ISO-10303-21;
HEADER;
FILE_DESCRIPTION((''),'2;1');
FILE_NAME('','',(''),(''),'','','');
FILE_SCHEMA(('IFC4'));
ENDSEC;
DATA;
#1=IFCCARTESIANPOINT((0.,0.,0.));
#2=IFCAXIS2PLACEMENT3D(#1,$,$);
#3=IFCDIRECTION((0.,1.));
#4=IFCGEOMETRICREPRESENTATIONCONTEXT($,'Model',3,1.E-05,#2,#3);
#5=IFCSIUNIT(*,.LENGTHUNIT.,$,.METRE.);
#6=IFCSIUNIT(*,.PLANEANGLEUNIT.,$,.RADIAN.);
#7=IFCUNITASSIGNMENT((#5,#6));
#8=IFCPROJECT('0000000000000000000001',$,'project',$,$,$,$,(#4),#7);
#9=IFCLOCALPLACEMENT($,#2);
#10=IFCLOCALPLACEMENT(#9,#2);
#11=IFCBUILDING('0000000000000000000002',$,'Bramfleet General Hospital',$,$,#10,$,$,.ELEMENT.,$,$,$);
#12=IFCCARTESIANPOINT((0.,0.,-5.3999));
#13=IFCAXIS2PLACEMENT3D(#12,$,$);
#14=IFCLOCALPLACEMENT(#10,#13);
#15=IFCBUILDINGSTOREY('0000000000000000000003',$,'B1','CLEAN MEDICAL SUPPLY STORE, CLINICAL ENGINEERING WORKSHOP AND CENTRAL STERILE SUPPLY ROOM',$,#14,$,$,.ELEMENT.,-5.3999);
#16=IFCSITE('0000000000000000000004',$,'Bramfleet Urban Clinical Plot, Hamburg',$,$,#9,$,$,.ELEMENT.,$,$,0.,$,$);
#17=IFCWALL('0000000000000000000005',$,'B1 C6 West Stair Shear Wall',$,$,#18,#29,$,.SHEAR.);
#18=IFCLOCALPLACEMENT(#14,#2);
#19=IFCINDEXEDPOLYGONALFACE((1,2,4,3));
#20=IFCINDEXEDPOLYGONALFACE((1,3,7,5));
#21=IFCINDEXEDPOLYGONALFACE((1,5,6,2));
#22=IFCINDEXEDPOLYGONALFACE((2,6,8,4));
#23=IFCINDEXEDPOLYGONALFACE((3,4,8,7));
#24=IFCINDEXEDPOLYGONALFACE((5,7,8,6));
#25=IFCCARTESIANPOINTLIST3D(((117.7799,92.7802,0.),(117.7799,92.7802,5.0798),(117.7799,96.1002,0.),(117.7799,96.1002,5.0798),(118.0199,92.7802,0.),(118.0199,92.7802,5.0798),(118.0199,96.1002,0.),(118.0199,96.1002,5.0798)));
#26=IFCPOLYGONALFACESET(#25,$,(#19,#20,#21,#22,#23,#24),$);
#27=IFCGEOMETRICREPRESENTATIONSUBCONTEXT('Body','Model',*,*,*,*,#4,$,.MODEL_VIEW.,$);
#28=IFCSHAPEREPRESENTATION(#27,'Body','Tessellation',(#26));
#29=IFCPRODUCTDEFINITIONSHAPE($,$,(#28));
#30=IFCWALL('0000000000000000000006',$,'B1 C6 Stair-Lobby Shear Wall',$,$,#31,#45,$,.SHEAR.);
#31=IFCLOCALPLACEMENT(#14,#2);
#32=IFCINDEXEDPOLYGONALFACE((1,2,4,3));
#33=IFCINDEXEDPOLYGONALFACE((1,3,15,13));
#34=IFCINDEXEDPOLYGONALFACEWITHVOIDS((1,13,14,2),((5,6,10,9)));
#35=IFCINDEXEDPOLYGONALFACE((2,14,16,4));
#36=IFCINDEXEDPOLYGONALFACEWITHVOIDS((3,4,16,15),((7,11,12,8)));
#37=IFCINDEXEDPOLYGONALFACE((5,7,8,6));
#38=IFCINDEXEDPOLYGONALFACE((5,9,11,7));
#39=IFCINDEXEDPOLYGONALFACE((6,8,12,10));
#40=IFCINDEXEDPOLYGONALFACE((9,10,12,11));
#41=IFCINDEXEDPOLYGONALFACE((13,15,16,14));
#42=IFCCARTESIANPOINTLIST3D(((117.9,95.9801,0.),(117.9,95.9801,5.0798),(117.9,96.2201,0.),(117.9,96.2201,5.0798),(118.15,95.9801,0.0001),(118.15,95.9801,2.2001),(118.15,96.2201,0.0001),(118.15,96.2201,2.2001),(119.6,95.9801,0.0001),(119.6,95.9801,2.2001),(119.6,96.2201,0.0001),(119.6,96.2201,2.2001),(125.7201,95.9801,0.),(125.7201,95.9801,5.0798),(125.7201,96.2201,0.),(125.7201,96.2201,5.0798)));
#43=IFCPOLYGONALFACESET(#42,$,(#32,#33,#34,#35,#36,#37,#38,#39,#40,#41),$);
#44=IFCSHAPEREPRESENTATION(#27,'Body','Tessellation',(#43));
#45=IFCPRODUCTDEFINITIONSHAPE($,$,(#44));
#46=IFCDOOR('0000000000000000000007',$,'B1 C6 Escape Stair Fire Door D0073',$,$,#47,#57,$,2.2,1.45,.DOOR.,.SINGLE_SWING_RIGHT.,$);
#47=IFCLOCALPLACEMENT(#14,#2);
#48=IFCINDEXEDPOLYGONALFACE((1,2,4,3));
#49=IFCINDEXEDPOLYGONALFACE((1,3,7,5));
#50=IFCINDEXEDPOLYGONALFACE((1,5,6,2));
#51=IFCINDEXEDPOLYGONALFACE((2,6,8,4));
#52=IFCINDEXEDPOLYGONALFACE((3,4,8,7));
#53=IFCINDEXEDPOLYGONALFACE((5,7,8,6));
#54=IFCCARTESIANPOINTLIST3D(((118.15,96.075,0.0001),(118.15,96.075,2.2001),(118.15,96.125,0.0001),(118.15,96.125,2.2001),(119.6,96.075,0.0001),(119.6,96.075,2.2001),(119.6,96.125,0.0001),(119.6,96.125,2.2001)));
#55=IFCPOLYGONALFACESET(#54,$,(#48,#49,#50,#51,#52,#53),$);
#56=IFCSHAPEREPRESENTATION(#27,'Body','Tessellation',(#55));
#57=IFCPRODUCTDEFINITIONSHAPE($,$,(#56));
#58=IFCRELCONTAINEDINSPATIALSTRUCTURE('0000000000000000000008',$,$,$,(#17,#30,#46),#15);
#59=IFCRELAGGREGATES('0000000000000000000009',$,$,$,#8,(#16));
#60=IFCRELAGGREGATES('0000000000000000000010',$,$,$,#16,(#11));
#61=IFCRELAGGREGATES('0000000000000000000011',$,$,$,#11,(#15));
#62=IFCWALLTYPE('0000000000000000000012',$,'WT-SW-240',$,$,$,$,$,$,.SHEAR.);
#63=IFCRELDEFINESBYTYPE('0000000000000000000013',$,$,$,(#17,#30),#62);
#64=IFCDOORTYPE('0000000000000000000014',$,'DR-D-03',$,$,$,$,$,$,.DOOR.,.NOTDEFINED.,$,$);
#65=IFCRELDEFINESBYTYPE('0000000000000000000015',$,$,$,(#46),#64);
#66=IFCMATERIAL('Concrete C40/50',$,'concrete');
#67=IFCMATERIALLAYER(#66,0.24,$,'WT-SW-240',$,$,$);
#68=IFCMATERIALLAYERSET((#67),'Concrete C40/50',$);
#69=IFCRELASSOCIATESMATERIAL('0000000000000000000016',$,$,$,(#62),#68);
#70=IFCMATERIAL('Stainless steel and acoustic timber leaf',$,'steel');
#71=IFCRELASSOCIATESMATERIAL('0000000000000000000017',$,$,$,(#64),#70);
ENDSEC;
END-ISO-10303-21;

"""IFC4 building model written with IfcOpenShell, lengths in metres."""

from ifc_helpers import new_model, si_unit, direction, frame, frame_2d, origin, place, context, subcontext, project, spatial, rectangle, extrude, material, layer, layer_set, type_object, element, fill, save


model = new_model("IFC4")

# Units and contexts
model_context = context("Model", 3, precision=1e-05, world=origin(), true_north=direction((0.0, 1.0)))
body_context = subcontext(model_context, "Body", "Model", "MODEL_VIEW")
ifc_project = project(units=[si_unit("LENGTHUNIT", "METRE"), si_unit("PLANEANGLEUNIT", "RADIAN")], contexts=[model_context])

# Site, building, storey
site_placement = place(None, origin())
site = spatial("IfcSite", under=ifc_project, at=site_placement, Name="Bramfleet Urban Clinical Plot, Hamburg", CompositionType="ELEMENT", RefElevation=0.0)
building_placement = place(site_placement, origin())
building = spatial("IfcBuilding", under=site, at=building_placement, Name="Bramfleet General Hospital", CompositionType="ELEMENT")
storey_placement = place(building_placement, frame((0.0, 0.0, -5.3999)))
storey = spatial("IfcBuildingStorey", under=building, at=storey_placement, Name="B1", Description="CLEAN MEDICAL SUPPLY STORE, CLINICAL ENGINEERING WORKSHOP AND CENTRAL STERILE SUPPLY ROOM", CompositionType="ELEMENT", Elevation=-5.3999)

# Shared definitions
ifc_material_1 = material(Name="Concrete C40/50", Category="concrete")

# Shared definitions
ifc_material_2 = material(Name="Stainless steel and acoustic timber leaf", Category="steel")

# Wall
ifc_layer_1 = layer(ifc_material_1, 0.24, Name="WT-SW-240")
ifc_layer_set_1 = layer_set([ifc_layer_1], Name="Concrete C40/50")
wall_type_1 = type_object("IfcWallType", Name="WT-SW-240", PredefinedType="SHEAR", material=ifc_layer_set_1)
wall_1_placement = place(storey_placement, frame((117.8999, 92.78, 0.0), z_axis=(0.0, 0.0, 1.0), x_axis=(0.0, 1.0, 0.0)))
element("IfcWall", 1, at=wall_1_placement, inside=storey, type_object=wall_type_1, Name="B1 C6 West Stair Shear Wall", PredefinedType="SHEAR", context=body_context, shape_type="SweptSolid", body=[
    extrude(rectangle(XDim=3.3201, YDim=0.24, at=frame_2d((1.6602, 0.0))), origin(), (0.0, 0.0, 1.0), 5.0798),
])

# Wall, opening, door
wall_2_placement = place(storey_placement, frame((117.8999, 96.1001, 0.0), z_axis=(0.0, 0.0, 1.0), x_axis=(1.0, 0.0, 0.0)))
wall_2 = element("IfcWall", 2, at=wall_2_placement, inside=storey, type_object=wall_type_1, Name="B1 C6 Stair-Lobby Shear Wall", PredefinedType="SHEAR", context=body_context, shape_type="SweptSolid", body=[
    extrude(rectangle(XDim=7.8201, YDim=0.24, at=frame_2d((3.9102, 0.0))), origin(), (0.0, 0.0, 1.0), 5.0798),
])
opening_1_placement = place(wall_2_placement, frame((0.25, 0.0, 0.0)))
opening_1 = element("IfcOpeningElement", 3, at=opening_1_placement, cuts=wall_2, PredefinedType="OPENING", context=body_context, shape_type="SweptSolid", body=[
    extrude(rectangle(XDim=1.45, YDim=2.2, at=frame_2d((0.7251, 1.1001))), frame((0.0, 0.1299, 0.0), z_axis=(0.0, -1.0, 0.0), x_axis=(1.0, 0.0, 0.0)), (0.0, 0.0, 1.0), 0.26),
])
door_type_1 = type_object("IfcDoorType", Name="DR-D-03", OperationType="NOTDEFINED", PredefinedType="DOOR", material=ifc_material_2)
door_1_placement = place(opening_1_placement, origin())
door_1 = element("IfcDoor", 4, at=door_1_placement, inside=storey, type_object=door_type_1, Name="B1 C6 Escape Stair Fire Door D0073", OperationType="SINGLE_SWING_RIGHT", OverallHeight=2.2, OverallWidth=1.45, PredefinedType="DOOR", context=body_context, shape_type="SweptSolid", body=[
    extrude(rectangle(XDim=1.45, YDim=2.2, at=frame_2d((0.7251, 1.1001))), frame((0.0, 0.0249, 0.0), z_axis=(0.0, -1.0, 0.0), x_axis=(1.0, 0.0, 0.0)), (0.0, 0.0, 1.0), 0.05),
])
fill(opening_1, door_1)

save(model, "model.ifc")
